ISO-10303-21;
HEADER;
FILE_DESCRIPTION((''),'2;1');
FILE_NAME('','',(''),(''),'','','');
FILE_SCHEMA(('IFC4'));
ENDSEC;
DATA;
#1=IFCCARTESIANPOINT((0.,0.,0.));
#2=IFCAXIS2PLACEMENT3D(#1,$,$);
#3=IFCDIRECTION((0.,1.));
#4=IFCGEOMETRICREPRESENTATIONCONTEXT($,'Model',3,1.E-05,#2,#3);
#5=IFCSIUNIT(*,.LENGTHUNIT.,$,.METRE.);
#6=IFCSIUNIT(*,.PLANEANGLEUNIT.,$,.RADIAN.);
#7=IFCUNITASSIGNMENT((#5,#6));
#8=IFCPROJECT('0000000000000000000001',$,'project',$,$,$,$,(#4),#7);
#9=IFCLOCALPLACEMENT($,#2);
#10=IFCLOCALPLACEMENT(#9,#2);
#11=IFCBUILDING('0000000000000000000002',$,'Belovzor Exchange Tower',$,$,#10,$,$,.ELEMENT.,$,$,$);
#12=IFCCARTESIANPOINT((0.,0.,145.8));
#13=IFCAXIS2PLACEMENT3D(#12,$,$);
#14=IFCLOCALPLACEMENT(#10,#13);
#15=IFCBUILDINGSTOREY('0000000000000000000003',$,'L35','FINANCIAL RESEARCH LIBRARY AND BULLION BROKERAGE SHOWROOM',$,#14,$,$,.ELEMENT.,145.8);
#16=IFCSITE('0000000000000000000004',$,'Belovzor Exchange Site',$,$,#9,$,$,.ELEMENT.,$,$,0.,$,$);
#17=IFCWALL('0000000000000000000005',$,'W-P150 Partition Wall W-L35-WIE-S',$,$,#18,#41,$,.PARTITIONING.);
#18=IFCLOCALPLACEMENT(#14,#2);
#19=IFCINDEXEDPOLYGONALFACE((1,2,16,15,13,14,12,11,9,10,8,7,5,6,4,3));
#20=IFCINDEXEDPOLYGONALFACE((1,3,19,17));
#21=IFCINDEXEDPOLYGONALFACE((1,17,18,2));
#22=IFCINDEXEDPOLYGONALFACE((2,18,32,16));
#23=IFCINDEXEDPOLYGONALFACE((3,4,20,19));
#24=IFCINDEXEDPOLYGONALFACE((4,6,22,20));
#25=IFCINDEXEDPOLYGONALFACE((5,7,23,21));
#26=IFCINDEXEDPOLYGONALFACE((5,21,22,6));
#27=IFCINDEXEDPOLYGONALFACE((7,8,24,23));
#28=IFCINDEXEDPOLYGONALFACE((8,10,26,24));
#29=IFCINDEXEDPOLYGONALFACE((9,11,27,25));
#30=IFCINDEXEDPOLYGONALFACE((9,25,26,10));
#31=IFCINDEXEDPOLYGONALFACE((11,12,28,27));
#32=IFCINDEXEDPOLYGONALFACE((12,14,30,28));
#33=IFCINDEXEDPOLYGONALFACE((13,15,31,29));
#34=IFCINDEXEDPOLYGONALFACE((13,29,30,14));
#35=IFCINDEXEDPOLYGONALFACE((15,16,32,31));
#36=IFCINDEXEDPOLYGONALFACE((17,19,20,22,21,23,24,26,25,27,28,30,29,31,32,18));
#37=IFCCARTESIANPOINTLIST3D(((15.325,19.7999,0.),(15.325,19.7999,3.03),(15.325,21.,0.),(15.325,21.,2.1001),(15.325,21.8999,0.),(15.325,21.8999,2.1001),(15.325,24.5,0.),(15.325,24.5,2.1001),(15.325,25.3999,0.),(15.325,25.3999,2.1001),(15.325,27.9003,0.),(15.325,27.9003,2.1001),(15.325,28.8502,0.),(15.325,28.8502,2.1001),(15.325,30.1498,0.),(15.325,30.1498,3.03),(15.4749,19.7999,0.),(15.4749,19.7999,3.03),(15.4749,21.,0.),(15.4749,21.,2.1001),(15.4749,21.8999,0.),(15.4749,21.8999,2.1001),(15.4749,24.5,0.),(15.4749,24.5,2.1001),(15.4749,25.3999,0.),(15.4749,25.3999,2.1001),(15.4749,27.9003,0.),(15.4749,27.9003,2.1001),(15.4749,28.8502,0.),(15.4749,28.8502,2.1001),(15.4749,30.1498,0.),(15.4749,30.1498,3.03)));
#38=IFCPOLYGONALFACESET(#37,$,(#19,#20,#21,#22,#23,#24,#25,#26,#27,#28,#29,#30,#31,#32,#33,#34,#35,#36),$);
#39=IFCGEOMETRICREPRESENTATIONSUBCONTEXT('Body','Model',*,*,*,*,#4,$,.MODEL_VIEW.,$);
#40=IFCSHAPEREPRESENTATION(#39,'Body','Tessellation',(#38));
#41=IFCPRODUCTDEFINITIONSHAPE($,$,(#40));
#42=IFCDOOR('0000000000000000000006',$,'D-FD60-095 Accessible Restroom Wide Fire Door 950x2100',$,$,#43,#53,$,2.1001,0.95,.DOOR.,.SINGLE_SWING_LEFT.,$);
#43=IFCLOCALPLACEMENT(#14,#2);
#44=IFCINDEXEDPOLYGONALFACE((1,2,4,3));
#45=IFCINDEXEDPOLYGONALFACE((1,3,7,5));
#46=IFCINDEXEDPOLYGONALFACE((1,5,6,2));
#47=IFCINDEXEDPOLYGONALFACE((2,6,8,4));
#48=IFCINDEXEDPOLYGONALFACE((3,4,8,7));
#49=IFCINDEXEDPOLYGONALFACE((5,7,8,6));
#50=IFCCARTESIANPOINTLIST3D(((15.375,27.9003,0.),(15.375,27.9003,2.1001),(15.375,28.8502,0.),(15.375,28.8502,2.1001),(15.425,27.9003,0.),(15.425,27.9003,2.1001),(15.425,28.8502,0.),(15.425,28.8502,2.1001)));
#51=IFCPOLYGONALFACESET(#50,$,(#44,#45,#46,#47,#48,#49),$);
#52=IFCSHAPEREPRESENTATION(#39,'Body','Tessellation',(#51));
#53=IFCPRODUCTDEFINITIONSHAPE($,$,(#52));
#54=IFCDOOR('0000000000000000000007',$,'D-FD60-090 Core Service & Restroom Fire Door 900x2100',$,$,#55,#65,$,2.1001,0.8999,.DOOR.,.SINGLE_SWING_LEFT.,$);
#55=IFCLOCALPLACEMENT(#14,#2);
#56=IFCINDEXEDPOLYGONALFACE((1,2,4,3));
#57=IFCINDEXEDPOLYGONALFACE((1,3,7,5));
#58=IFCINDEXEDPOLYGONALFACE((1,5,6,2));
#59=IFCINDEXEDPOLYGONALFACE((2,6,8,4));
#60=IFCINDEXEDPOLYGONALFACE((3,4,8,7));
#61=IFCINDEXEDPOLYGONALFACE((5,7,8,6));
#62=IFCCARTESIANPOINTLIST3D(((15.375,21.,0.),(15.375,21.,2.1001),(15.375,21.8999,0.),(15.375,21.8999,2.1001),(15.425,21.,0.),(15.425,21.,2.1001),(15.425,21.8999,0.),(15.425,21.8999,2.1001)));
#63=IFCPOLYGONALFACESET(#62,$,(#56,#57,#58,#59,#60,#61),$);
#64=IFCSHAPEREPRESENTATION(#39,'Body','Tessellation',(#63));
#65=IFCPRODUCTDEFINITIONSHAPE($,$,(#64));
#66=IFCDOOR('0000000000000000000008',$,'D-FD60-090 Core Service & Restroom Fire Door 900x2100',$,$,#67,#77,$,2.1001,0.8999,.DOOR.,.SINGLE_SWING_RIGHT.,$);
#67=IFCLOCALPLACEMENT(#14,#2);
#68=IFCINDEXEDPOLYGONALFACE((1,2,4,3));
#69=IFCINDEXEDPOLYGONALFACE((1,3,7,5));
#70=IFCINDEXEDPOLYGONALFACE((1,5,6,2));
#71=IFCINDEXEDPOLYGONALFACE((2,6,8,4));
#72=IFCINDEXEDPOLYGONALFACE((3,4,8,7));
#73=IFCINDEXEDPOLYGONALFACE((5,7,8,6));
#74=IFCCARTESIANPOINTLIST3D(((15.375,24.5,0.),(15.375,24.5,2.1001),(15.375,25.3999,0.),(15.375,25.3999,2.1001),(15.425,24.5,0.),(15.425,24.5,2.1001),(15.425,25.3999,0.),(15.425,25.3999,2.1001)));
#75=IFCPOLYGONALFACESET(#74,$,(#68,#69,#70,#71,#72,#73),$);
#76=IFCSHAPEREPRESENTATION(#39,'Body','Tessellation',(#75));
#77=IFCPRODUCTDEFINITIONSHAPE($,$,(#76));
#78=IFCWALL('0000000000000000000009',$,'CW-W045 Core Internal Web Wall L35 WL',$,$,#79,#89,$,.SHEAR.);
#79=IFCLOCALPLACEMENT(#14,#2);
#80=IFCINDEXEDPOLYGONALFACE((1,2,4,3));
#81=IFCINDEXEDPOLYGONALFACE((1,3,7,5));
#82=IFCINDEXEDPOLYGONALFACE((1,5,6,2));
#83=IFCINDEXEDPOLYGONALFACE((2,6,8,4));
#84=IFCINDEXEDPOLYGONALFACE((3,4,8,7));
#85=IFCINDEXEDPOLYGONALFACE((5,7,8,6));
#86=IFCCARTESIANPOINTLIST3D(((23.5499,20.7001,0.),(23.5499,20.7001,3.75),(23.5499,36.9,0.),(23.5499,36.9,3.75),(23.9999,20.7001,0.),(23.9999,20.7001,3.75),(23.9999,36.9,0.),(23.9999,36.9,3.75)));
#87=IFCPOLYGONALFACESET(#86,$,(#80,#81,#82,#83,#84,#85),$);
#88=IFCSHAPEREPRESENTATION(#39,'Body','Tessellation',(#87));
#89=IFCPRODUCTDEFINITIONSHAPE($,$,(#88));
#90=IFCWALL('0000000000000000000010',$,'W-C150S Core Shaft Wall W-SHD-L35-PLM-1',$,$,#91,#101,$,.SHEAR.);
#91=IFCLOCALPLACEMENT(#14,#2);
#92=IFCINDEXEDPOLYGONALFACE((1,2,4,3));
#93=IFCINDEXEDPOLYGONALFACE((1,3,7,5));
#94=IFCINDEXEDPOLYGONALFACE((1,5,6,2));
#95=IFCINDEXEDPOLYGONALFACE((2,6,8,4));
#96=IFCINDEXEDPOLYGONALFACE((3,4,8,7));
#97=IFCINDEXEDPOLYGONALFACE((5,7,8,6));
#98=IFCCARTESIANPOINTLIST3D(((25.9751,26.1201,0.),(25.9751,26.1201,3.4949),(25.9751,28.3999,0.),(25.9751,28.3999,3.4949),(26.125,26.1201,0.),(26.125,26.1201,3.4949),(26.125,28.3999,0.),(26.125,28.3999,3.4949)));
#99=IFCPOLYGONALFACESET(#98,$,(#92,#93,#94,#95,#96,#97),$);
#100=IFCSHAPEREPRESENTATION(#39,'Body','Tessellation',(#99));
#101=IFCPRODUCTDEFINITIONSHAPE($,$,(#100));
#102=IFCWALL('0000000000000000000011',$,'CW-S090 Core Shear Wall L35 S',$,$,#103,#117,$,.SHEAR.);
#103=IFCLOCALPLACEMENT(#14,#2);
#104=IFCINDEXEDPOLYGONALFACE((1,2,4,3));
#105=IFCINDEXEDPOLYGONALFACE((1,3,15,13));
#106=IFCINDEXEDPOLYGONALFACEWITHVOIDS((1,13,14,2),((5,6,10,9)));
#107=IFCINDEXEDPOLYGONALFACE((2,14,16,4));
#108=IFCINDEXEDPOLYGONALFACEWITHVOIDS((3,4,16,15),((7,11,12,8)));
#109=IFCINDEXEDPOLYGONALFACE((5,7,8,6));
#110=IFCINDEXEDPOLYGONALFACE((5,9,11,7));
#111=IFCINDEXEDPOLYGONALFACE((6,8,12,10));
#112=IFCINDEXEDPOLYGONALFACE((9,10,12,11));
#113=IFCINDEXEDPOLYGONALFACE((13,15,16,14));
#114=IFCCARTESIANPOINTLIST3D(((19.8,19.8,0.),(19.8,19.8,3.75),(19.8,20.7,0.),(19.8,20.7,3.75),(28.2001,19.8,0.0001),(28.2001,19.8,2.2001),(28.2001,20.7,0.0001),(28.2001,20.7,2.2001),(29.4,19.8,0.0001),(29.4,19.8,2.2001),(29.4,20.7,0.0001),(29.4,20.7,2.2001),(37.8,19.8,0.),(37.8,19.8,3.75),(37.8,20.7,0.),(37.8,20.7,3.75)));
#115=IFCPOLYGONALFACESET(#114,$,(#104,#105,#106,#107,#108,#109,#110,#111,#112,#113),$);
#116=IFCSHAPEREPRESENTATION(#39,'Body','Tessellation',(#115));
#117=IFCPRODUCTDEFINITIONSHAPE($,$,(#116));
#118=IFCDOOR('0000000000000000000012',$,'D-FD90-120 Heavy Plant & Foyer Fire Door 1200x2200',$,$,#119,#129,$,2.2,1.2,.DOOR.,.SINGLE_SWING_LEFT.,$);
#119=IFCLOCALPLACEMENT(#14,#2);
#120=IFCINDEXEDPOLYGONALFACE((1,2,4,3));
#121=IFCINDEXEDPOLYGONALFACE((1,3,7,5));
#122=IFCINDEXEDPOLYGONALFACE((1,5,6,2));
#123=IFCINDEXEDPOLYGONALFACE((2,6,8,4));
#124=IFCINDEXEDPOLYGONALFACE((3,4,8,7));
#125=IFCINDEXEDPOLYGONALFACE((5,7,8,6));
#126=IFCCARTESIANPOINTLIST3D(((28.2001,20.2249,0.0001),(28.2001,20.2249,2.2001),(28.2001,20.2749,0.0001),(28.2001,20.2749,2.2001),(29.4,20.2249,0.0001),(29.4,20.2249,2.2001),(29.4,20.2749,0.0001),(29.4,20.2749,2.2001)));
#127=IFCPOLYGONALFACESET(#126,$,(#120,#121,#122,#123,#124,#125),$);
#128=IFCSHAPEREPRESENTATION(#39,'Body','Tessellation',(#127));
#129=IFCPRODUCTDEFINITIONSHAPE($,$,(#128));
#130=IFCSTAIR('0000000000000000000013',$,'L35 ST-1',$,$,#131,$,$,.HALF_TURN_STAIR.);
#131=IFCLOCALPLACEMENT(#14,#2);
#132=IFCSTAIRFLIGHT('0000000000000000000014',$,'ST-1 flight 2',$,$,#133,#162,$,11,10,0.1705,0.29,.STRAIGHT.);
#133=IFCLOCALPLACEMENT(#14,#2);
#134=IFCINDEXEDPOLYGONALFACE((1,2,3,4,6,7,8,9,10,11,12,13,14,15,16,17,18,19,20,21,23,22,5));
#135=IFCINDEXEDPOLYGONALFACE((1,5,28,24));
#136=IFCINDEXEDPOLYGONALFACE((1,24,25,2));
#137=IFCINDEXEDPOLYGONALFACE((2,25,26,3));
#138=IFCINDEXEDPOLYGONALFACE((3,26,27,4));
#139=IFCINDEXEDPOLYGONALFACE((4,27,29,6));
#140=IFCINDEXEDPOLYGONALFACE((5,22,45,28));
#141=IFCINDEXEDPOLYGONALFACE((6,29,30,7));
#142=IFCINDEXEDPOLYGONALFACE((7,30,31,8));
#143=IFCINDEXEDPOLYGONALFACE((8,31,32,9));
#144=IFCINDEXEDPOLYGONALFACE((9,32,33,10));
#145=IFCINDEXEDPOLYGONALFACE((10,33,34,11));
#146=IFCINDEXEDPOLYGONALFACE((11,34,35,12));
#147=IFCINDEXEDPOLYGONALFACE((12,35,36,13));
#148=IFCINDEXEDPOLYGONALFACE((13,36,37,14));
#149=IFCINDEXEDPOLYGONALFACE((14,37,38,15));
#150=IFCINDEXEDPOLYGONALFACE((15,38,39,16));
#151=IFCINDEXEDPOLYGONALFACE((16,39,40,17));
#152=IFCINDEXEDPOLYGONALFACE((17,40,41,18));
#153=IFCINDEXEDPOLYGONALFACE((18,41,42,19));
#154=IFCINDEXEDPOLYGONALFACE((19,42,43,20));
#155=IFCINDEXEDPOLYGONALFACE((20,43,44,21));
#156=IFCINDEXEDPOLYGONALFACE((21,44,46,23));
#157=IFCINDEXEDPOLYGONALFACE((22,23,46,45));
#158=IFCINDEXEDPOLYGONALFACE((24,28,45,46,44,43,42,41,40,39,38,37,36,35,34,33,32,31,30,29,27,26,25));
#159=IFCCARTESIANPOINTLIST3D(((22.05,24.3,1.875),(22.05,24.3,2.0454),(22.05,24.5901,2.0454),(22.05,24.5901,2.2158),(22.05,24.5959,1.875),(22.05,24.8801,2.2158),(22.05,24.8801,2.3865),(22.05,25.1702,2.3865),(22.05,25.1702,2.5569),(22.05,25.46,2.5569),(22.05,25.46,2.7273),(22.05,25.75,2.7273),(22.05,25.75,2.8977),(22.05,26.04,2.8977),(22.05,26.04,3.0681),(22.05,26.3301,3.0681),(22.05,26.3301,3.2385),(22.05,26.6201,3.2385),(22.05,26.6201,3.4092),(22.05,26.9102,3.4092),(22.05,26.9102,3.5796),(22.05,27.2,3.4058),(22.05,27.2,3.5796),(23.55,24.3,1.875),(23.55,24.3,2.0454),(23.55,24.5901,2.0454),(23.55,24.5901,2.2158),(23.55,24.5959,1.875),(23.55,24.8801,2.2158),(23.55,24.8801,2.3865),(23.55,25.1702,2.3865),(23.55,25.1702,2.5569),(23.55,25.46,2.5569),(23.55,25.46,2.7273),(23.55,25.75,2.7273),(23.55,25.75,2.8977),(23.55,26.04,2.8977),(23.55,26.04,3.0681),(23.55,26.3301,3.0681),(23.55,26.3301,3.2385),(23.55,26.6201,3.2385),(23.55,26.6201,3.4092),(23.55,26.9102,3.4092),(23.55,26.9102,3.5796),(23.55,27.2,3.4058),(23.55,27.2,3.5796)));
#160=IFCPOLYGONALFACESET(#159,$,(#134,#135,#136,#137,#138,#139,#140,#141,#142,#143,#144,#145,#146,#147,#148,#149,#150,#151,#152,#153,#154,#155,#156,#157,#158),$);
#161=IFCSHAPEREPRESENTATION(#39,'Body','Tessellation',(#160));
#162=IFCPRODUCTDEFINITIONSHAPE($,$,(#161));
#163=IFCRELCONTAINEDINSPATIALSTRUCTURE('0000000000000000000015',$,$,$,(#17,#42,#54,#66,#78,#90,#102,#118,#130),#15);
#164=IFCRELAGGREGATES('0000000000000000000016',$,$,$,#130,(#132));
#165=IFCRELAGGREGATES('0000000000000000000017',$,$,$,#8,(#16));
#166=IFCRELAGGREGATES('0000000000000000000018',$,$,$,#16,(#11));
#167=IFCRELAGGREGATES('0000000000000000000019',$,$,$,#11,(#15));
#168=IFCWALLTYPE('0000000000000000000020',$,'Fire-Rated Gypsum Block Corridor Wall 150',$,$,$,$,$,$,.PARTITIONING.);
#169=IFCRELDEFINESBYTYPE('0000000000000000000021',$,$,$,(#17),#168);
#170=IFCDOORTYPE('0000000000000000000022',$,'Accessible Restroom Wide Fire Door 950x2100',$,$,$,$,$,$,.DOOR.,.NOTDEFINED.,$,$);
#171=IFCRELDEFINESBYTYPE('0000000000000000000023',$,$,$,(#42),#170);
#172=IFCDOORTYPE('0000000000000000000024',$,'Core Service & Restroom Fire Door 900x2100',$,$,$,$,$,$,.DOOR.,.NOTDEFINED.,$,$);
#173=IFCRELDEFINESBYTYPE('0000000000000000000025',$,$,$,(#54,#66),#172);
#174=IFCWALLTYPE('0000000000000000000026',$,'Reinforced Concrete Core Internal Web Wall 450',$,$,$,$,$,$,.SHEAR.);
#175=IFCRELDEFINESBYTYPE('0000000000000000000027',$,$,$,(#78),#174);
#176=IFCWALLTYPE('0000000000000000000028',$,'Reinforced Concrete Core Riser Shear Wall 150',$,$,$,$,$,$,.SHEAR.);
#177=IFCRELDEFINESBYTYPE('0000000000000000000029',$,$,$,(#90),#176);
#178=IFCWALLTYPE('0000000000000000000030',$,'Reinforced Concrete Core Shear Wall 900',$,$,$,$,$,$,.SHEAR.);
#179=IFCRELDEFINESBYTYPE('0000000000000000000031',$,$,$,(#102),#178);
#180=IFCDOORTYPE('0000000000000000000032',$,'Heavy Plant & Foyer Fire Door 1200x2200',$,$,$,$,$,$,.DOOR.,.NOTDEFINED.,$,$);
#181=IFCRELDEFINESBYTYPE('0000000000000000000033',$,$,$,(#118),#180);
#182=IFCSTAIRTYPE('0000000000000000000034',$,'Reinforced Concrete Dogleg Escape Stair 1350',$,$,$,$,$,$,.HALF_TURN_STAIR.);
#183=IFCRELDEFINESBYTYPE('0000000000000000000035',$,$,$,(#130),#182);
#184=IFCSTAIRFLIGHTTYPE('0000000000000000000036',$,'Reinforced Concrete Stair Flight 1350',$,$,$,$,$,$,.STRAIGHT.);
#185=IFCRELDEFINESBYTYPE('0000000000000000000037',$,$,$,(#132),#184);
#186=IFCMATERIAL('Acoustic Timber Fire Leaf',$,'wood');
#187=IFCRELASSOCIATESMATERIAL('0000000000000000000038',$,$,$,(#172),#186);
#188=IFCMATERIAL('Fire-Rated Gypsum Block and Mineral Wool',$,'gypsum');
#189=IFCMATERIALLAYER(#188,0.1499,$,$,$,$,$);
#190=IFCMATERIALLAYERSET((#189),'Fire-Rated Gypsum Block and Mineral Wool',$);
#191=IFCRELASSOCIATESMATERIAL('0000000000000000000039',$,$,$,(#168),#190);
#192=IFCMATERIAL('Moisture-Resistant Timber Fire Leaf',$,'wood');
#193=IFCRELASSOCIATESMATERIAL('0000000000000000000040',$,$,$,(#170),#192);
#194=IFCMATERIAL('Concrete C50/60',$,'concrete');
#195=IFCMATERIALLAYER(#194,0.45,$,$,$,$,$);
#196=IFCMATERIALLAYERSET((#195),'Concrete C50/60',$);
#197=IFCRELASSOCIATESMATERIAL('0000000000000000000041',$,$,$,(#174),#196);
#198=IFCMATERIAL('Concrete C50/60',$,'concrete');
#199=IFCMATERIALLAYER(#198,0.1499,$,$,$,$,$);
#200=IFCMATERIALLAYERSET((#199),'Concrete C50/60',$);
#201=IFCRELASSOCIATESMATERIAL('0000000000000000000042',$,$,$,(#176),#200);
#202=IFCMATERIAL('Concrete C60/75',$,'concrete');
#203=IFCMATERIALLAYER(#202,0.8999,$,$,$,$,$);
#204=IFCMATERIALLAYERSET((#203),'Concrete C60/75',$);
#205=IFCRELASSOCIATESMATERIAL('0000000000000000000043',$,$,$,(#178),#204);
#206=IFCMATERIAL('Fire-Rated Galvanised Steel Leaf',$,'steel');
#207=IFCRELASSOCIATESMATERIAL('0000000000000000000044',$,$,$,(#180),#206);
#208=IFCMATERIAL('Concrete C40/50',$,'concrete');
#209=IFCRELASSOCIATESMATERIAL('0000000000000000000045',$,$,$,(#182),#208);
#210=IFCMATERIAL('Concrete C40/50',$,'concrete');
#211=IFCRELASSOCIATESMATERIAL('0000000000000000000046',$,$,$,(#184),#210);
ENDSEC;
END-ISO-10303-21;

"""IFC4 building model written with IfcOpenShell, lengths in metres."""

from ifc_helpers import new_model, si_unit, direction, frame, frame_2d, origin, place, context, subcontext, project, spatial, polyline, rectangle, outline, extrude, material, layer, layer_set, type_object, element, fill, aggregate, save


model = new_model("IFC4")

# Units and contexts
model_context = context("Model", 3, precision=1e-05, world=origin(), true_north=direction((0.0, 1.0)))
body_context = subcontext(model_context, "Body", "Model", "MODEL_VIEW")
ifc_project = project(units=[si_unit("LENGTHUNIT", "METRE"), si_unit("PLANEANGLEUNIT", "RADIAN")], contexts=[model_context])

# Site, building, storey
site_placement = place(None, origin())
site = spatial("IfcSite", under=ifc_project, at=site_placement, Name="Belovzor Exchange Site", CompositionType="ELEMENT", RefElevation=0.0)
building_placement = place(site_placement, origin())
building = spatial("IfcBuilding", under=site, at=building_placement, Name="Belovzor Exchange Tower", CompositionType="ELEMENT")
storey_placement = place(building_placement, frame((0.0, 0.0, 145.8)))
storey = spatial("IfcBuildingStorey", under=building, at=storey_placement, Name="L35", Description="FINANCIAL RESEARCH LIBRARY AND BULLION BROKERAGE SHOWROOM", CompositionType="ELEMENT", Elevation=145.8)

# Shared definitions
ifc_material_1 = material(Name="Acoustic Timber Fire Leaf", Category="wood")
door_type_1 = type_object("IfcDoorType", Name="Core Service & Restroom Fire Door 900x2100", OperationType="NOTDEFINED", PredefinedType="DOOR", material=ifc_material_1)

# Shared definitions
ifc_material_2 = material(Name="Fire-Rated Gypsum Block and Mineral Wool", Category="gypsum")
ifc_layer_1 = layer(ifc_material_2, 0.1499)
ifc_layer_set_1 = layer_set([ifc_layer_1], Name="Fire-Rated Gypsum Block and Mineral Wool")
wall_type_1 = type_object("IfcWallType", Name="Fire-Rated Gypsum Block Corridor Wall 150", PredefinedType="PARTITIONING", material=ifc_layer_set_1)

# Wall, openings, doors
wall_1_placement = place(storey_placement, frame((15.3999, 19.8, 0.0), z_axis=(0.0, 0.0, 1.0), x_axis=(0.0, 1.0, 0.0)))
wall_1 = element("IfcWall", 1, at=wall_1_placement, inside=storey, type_object=wall_type_1, Name="W-P150 Partition Wall W-L35-WIE-S", PredefinedType="PARTITIONING", context=body_context, shape_type="SweptSolid", body=[
    extrude(rectangle(XDim=10.3499, YDim=0.1499, at=frame_2d((5.1748, 0.0))), origin(), (0.0, 0.0, 1.0), 3.03),
])
opening_1_placement = place(wall_1_placement, frame((1.2, 0.0, 0.0)))
opening_1 = element("IfcOpeningElement", 2, at=opening_1_placement, cuts=wall_1, PredefinedType="OPENING", context=body_context, shape_type="SweptSolid", body=[
    extrude(rectangle(XDim=0.8999, YDim=2.1001, at=frame_2d((0.45, 1.05))), frame((0.0, 0.085, 0.0), z_axis=(0.0, -1.0, 0.0), x_axis=(1.0, 0.0, 0.0)), (0.0, 0.0, 1.0), 0.1699),
])
opening_2_placement = place(wall_1_placement, frame((4.7, 0.0, 0.0)))
opening_2 = element("IfcOpeningElement", 3, at=opening_2_placement, cuts=wall_1, PredefinedType="OPENING", context=body_context, shape_type="SweptSolid", body=[
    extrude(rectangle(XDim=0.8999, YDim=2.1001, at=frame_2d((0.45, 1.05))), frame((0.0, 0.085, 0.0), z_axis=(0.0, -1.0, 0.0), x_axis=(1.0, 0.0, 0.0)), (0.0, 0.0, 1.0), 0.1699),
])
opening_3_placement = place(wall_1_placement, frame((8.1001, 0.0, 0.0)))
opening_3 = element("IfcOpeningElement", 4, at=opening_3_placement, cuts=wall_1, PredefinedType="OPENING", context=body_context, shape_type="SweptSolid", body=[
    extrude(rectangle(XDim=0.95, YDim=2.1001, at=frame_2d((0.4751, 1.05))), frame((0.0, 0.085, 0.0), z_axis=(0.0, -1.0, 0.0), x_axis=(1.0, 0.0, 0.0)), (0.0, 0.0, 1.0), 0.1699),
])
ifc_material_3 = material(Name="Moisture-Resistant Timber Fire Leaf", Category="wood")
door_type_2 = type_object("IfcDoorType", Name="Accessible Restroom Wide Fire Door 950x2100", OperationType="NOTDEFINED", PredefinedType="DOOR", material=ifc_material_3)
door_1_placement = place(opening_3_placement, origin())
door_1 = element("IfcDoor", 5, at=door_1_placement, inside=storey, type_object=door_type_2, Name="D-FD60-095 Accessible Restroom Wide Fire Door 950x2100", OperationType="SINGLE_SWING_LEFT", OverallHeight=2.1001, OverallWidth=0.95, PredefinedType="DOOR", context=body_context, shape_type="SweptSolid", body=[
    extrude(rectangle(XDim=0.95, YDim=2.1001, at=frame_2d((0.4751, 1.05))), frame((0.0, 0.0249, 0.0), z_axis=(0.0, -1.0, 0.0), x_axis=(1.0, 0.0, 0.0)), (0.0, 0.0, 1.0), 0.05),
])
fill(opening_3, door_1)
door_2_placement = place(opening_1_placement, origin())
door_2 = element("IfcDoor", 6, at=door_2_placement, inside=storey, type_object=door_type_1, Name="D-FD60-090 Core Service & Restroom Fire Door 900x2100", OperationType="SINGLE_SWING_LEFT", OverallHeight=2.1001, OverallWidth=0.8999, PredefinedType="DOOR", context=body_context, shape_type="SweptSolid", body=[
    extrude(rectangle(XDim=0.8999, YDim=2.1001, at=frame_2d((0.45, 1.05))), frame((0.0, 0.0249, 0.0), z_axis=(0.0, -1.0, 0.0), x_axis=(1.0, 0.0, 0.0)), (0.0, 0.0, 1.0), 0.05),
])
fill(opening_1, door_2)
door_3_placement = place(opening_2_placement, origin())
door_3 = element("IfcDoor", 7, at=door_3_placement, inside=storey, type_object=door_type_1, Name="D-FD60-090 Core Service & Restroom Fire Door 900x2100", OperationType="SINGLE_SWING_RIGHT", OverallHeight=2.1001, OverallWidth=0.8999, PredefinedType="DOOR", context=body_context, shape_type="SweptSolid", body=[
    extrude(rectangle(XDim=0.8999, YDim=2.1001, at=frame_2d((0.45, 1.05))), frame((0.0, 0.0249, 0.0), z_axis=(0.0, -1.0, 0.0), x_axis=(1.0, 0.0, 0.0)), (0.0, 0.0, 1.0), 0.05),
])
fill(opening_2, door_3)

# Walls
ifc_material_4 = material(Name="Concrete C50/60", Category="concrete")
ifc_layer_2 = layer(ifc_material_4, 0.45)
ifc_layer_set_2 = layer_set([ifc_layer_2], Name="Concrete C50/60")
wall_type_2 = type_object("IfcWallType", Name="Reinforced Concrete Core Internal Web Wall 450", PredefinedType="SHEAR", material=ifc_layer_set_2)
wall_2_placement = place(storey_placement, frame((23.7749, 20.7, 0.0), z_axis=(0.0, 0.0, 1.0), x_axis=(0.0, 1.0, 0.0)))
element("IfcWall", 8, at=wall_2_placement, inside=storey, type_object=wall_type_2, Name="CW-W045 Core Internal Web Wall L35 WL", PredefinedType="SHEAR", context=body_context, shape_type="SweptSolid", body=[
    extrude(rectangle(XDim=16.2, YDim=0.45, at=frame_2d((8.1001, 0.0))), origin(), (0.0, 0.0, 1.0), 3.75),
])
ifc_material_5 = material(Name="Concrete C50/60", Category="concrete")
ifc_layer_3 = layer(ifc_material_5, 0.1499)
ifc_layer_set_3 = layer_set([ifc_layer_3], Name="Concrete C50/60")
wall_type_3 = type_object("IfcWallType", Name="Reinforced Concrete Core Riser Shear Wall 150", PredefinedType="SHEAR", material=ifc_layer_set_3)
wall_3_placement = place(storey_placement, frame((26.05, 26.1201, 0.0), z_axis=(0.0, 0.0, 1.0), x_axis=(0.0, 1.0, 0.0)))
element("IfcWall", 9, at=wall_3_placement, inside=storey, type_object=wall_type_3, Name="W-C150S Core Shaft Wall W-SHD-L35-PLM-1", PredefinedType="SHEAR", context=body_context, shape_type="SweptSolid", body=[
    extrude(rectangle(XDim=2.2798, YDim=0.1499, at=frame_2d((1.1399, 0.0))), origin(), (0.0, 0.0, 1.0), 3.4949),
])

# Wall, opening, door
ifc_material_6 = material(Name="Concrete C60/75", Category="concrete")
ifc_layer_4 = layer(ifc_material_6, 0.8999)
ifc_layer_set_4 = layer_set([ifc_layer_4], Name="Concrete C60/75")
wall_type_4 = type_object("IfcWallType", Name="Reinforced Concrete Core Shear Wall 900", PredefinedType="SHEAR", material=ifc_layer_set_4)
wall_4_placement = place(storey_placement, frame((19.8, 20.25, 0.0), z_axis=(0.0, 0.0, 1.0), x_axis=(1.0, 0.0, 0.0)))
wall_4 = element("IfcWall", 10, at=wall_4_placement, inside=storey, type_object=wall_type_4, Name="CW-S090 Core Shear Wall L35 S", PredefinedType="SHEAR", context=body_context, shape_type="SweptSolid", body=[
    extrude(rectangle(XDim=18.0, YDim=0.8999, at=frame_2d((9.0, 0.0))), origin(), (0.0, 0.0, 1.0), 3.75),
])
opening_4_placement = place(wall_4_placement, frame((8.3999, 0.0, 0.0)))
opening_4 = element("IfcOpeningElement", 11, at=opening_4_placement, cuts=wall_4, PredefinedType="OPENING", context=body_context, shape_type="SweptSolid", body=[
    extrude(rectangle(XDim=1.2, YDim=2.2, at=frame_2d((0.6001, 1.1001))), frame((0.0, 0.46, 0.0), z_axis=(0.0, -1.0, 0.0), x_axis=(1.0, 0.0, 0.0)), (0.0, 0.0, 1.0), 0.9199),
])
ifc_material_7 = material(Name="Fire-Rated Galvanised Steel Leaf", Category="steel")
door_type_3 = type_object("IfcDoorType", Name="Heavy Plant & Foyer Fire Door 1200x2200", OperationType="NOTDEFINED", PredefinedType="DOOR", material=ifc_material_7)
door_4_placement = place(opening_4_placement, origin())
door_4 = element("IfcDoor", 12, at=door_4_placement, inside=storey, type_object=door_type_3, Name="D-FD90-120 Heavy Plant & Foyer Fire Door 1200x2200", OperationType="SINGLE_SWING_LEFT", OverallHeight=2.2, OverallWidth=1.2, PredefinedType="DOOR", context=body_context, shape_type="SweptSolid", body=[
    extrude(rectangle(XDim=1.2, YDim=2.2, at=frame_2d((0.6001, 1.1001))), frame((0.0, 0.0249, 0.0), z_axis=(0.0, -1.0, 0.0), x_axis=(1.0, 0.0, 0.0)), (0.0, 0.0, 1.0), 0.05),
])
fill(opening_4, door_4)

# Stair, stair flight
ifc_material_8 = material(Name="Concrete C40/50", Category="concrete")
stair_type = type_object("IfcStairType", Name="Reinforced Concrete Dogleg Escape Stair 1350", PredefinedType="HALF_TURN_STAIR", material=ifc_material_8)
stair_placement = place(storey_placement, origin())
stair = element("IfcStair", 13, at=stair_placement, inside=storey, type_object=stair_type, Name="L35 ST-1", PredefinedType="HALF_TURN_STAIR")
ifc_material_9 = material(Name="Concrete C40/50", Category="concrete")
stair_flight_type = type_object("IfcStairFlightType", Name="Reinforced Concrete Stair Flight 1350", PredefinedType="STRAIGHT", material=ifc_material_9)
stair_flight_placement = place(storey_placement, frame((22.8, 24.3, 1.875), z_axis=(0.0, 0.0, 1.0), x_axis=(0.0, 1.0, 0.0)))
stair_flight = element("IfcStairFlight", 14, at=stair_flight_placement, type_object=stair_flight_type, Name="ST-1 flight 2", NumberOfRisers=11, NumberOfTreads=10, PredefinedType="STRAIGHT", RiserHeight=0.1705, TreadLength=0.29, context=body_context, shape_type="SweptSolid", body=[
    extrude(outline(polyline([(0.0, 0.0), (0.0, 0.1704), (0.29, 0.1704), (0.29, 0.3408), (0.5801, 0.3408), (0.5801, 0.5115), (0.8701, 0.5115), (0.8701, 0.6819), (1.1599, 0.6819), (1.1599, 0.8523), (1.45, 0.8523), (1.45, 1.0227), (1.74, 1.0227), (1.74, 1.1931), (2.03, 1.1931), (2.03, 1.3635), (2.3201, 1.3635), (2.3201, 1.5342), (2.6101, 1.5342), (2.6101, 1.7046), (2.8999, 1.7046), (2.8999, 1.875), (2.8999, 1.5308), (0.2959, 0.0), (0.0, 0.0)])), frame((0.0, 0.75, 0.0), z_axis=(0.0, -1.0, 0.0), x_axis=(1.0, 0.0, 0.0)), (0.0, 0.0, 1.0), 1.5),
])
aggregate(stair, [stair_flight])

save(model, "model.ifc")
